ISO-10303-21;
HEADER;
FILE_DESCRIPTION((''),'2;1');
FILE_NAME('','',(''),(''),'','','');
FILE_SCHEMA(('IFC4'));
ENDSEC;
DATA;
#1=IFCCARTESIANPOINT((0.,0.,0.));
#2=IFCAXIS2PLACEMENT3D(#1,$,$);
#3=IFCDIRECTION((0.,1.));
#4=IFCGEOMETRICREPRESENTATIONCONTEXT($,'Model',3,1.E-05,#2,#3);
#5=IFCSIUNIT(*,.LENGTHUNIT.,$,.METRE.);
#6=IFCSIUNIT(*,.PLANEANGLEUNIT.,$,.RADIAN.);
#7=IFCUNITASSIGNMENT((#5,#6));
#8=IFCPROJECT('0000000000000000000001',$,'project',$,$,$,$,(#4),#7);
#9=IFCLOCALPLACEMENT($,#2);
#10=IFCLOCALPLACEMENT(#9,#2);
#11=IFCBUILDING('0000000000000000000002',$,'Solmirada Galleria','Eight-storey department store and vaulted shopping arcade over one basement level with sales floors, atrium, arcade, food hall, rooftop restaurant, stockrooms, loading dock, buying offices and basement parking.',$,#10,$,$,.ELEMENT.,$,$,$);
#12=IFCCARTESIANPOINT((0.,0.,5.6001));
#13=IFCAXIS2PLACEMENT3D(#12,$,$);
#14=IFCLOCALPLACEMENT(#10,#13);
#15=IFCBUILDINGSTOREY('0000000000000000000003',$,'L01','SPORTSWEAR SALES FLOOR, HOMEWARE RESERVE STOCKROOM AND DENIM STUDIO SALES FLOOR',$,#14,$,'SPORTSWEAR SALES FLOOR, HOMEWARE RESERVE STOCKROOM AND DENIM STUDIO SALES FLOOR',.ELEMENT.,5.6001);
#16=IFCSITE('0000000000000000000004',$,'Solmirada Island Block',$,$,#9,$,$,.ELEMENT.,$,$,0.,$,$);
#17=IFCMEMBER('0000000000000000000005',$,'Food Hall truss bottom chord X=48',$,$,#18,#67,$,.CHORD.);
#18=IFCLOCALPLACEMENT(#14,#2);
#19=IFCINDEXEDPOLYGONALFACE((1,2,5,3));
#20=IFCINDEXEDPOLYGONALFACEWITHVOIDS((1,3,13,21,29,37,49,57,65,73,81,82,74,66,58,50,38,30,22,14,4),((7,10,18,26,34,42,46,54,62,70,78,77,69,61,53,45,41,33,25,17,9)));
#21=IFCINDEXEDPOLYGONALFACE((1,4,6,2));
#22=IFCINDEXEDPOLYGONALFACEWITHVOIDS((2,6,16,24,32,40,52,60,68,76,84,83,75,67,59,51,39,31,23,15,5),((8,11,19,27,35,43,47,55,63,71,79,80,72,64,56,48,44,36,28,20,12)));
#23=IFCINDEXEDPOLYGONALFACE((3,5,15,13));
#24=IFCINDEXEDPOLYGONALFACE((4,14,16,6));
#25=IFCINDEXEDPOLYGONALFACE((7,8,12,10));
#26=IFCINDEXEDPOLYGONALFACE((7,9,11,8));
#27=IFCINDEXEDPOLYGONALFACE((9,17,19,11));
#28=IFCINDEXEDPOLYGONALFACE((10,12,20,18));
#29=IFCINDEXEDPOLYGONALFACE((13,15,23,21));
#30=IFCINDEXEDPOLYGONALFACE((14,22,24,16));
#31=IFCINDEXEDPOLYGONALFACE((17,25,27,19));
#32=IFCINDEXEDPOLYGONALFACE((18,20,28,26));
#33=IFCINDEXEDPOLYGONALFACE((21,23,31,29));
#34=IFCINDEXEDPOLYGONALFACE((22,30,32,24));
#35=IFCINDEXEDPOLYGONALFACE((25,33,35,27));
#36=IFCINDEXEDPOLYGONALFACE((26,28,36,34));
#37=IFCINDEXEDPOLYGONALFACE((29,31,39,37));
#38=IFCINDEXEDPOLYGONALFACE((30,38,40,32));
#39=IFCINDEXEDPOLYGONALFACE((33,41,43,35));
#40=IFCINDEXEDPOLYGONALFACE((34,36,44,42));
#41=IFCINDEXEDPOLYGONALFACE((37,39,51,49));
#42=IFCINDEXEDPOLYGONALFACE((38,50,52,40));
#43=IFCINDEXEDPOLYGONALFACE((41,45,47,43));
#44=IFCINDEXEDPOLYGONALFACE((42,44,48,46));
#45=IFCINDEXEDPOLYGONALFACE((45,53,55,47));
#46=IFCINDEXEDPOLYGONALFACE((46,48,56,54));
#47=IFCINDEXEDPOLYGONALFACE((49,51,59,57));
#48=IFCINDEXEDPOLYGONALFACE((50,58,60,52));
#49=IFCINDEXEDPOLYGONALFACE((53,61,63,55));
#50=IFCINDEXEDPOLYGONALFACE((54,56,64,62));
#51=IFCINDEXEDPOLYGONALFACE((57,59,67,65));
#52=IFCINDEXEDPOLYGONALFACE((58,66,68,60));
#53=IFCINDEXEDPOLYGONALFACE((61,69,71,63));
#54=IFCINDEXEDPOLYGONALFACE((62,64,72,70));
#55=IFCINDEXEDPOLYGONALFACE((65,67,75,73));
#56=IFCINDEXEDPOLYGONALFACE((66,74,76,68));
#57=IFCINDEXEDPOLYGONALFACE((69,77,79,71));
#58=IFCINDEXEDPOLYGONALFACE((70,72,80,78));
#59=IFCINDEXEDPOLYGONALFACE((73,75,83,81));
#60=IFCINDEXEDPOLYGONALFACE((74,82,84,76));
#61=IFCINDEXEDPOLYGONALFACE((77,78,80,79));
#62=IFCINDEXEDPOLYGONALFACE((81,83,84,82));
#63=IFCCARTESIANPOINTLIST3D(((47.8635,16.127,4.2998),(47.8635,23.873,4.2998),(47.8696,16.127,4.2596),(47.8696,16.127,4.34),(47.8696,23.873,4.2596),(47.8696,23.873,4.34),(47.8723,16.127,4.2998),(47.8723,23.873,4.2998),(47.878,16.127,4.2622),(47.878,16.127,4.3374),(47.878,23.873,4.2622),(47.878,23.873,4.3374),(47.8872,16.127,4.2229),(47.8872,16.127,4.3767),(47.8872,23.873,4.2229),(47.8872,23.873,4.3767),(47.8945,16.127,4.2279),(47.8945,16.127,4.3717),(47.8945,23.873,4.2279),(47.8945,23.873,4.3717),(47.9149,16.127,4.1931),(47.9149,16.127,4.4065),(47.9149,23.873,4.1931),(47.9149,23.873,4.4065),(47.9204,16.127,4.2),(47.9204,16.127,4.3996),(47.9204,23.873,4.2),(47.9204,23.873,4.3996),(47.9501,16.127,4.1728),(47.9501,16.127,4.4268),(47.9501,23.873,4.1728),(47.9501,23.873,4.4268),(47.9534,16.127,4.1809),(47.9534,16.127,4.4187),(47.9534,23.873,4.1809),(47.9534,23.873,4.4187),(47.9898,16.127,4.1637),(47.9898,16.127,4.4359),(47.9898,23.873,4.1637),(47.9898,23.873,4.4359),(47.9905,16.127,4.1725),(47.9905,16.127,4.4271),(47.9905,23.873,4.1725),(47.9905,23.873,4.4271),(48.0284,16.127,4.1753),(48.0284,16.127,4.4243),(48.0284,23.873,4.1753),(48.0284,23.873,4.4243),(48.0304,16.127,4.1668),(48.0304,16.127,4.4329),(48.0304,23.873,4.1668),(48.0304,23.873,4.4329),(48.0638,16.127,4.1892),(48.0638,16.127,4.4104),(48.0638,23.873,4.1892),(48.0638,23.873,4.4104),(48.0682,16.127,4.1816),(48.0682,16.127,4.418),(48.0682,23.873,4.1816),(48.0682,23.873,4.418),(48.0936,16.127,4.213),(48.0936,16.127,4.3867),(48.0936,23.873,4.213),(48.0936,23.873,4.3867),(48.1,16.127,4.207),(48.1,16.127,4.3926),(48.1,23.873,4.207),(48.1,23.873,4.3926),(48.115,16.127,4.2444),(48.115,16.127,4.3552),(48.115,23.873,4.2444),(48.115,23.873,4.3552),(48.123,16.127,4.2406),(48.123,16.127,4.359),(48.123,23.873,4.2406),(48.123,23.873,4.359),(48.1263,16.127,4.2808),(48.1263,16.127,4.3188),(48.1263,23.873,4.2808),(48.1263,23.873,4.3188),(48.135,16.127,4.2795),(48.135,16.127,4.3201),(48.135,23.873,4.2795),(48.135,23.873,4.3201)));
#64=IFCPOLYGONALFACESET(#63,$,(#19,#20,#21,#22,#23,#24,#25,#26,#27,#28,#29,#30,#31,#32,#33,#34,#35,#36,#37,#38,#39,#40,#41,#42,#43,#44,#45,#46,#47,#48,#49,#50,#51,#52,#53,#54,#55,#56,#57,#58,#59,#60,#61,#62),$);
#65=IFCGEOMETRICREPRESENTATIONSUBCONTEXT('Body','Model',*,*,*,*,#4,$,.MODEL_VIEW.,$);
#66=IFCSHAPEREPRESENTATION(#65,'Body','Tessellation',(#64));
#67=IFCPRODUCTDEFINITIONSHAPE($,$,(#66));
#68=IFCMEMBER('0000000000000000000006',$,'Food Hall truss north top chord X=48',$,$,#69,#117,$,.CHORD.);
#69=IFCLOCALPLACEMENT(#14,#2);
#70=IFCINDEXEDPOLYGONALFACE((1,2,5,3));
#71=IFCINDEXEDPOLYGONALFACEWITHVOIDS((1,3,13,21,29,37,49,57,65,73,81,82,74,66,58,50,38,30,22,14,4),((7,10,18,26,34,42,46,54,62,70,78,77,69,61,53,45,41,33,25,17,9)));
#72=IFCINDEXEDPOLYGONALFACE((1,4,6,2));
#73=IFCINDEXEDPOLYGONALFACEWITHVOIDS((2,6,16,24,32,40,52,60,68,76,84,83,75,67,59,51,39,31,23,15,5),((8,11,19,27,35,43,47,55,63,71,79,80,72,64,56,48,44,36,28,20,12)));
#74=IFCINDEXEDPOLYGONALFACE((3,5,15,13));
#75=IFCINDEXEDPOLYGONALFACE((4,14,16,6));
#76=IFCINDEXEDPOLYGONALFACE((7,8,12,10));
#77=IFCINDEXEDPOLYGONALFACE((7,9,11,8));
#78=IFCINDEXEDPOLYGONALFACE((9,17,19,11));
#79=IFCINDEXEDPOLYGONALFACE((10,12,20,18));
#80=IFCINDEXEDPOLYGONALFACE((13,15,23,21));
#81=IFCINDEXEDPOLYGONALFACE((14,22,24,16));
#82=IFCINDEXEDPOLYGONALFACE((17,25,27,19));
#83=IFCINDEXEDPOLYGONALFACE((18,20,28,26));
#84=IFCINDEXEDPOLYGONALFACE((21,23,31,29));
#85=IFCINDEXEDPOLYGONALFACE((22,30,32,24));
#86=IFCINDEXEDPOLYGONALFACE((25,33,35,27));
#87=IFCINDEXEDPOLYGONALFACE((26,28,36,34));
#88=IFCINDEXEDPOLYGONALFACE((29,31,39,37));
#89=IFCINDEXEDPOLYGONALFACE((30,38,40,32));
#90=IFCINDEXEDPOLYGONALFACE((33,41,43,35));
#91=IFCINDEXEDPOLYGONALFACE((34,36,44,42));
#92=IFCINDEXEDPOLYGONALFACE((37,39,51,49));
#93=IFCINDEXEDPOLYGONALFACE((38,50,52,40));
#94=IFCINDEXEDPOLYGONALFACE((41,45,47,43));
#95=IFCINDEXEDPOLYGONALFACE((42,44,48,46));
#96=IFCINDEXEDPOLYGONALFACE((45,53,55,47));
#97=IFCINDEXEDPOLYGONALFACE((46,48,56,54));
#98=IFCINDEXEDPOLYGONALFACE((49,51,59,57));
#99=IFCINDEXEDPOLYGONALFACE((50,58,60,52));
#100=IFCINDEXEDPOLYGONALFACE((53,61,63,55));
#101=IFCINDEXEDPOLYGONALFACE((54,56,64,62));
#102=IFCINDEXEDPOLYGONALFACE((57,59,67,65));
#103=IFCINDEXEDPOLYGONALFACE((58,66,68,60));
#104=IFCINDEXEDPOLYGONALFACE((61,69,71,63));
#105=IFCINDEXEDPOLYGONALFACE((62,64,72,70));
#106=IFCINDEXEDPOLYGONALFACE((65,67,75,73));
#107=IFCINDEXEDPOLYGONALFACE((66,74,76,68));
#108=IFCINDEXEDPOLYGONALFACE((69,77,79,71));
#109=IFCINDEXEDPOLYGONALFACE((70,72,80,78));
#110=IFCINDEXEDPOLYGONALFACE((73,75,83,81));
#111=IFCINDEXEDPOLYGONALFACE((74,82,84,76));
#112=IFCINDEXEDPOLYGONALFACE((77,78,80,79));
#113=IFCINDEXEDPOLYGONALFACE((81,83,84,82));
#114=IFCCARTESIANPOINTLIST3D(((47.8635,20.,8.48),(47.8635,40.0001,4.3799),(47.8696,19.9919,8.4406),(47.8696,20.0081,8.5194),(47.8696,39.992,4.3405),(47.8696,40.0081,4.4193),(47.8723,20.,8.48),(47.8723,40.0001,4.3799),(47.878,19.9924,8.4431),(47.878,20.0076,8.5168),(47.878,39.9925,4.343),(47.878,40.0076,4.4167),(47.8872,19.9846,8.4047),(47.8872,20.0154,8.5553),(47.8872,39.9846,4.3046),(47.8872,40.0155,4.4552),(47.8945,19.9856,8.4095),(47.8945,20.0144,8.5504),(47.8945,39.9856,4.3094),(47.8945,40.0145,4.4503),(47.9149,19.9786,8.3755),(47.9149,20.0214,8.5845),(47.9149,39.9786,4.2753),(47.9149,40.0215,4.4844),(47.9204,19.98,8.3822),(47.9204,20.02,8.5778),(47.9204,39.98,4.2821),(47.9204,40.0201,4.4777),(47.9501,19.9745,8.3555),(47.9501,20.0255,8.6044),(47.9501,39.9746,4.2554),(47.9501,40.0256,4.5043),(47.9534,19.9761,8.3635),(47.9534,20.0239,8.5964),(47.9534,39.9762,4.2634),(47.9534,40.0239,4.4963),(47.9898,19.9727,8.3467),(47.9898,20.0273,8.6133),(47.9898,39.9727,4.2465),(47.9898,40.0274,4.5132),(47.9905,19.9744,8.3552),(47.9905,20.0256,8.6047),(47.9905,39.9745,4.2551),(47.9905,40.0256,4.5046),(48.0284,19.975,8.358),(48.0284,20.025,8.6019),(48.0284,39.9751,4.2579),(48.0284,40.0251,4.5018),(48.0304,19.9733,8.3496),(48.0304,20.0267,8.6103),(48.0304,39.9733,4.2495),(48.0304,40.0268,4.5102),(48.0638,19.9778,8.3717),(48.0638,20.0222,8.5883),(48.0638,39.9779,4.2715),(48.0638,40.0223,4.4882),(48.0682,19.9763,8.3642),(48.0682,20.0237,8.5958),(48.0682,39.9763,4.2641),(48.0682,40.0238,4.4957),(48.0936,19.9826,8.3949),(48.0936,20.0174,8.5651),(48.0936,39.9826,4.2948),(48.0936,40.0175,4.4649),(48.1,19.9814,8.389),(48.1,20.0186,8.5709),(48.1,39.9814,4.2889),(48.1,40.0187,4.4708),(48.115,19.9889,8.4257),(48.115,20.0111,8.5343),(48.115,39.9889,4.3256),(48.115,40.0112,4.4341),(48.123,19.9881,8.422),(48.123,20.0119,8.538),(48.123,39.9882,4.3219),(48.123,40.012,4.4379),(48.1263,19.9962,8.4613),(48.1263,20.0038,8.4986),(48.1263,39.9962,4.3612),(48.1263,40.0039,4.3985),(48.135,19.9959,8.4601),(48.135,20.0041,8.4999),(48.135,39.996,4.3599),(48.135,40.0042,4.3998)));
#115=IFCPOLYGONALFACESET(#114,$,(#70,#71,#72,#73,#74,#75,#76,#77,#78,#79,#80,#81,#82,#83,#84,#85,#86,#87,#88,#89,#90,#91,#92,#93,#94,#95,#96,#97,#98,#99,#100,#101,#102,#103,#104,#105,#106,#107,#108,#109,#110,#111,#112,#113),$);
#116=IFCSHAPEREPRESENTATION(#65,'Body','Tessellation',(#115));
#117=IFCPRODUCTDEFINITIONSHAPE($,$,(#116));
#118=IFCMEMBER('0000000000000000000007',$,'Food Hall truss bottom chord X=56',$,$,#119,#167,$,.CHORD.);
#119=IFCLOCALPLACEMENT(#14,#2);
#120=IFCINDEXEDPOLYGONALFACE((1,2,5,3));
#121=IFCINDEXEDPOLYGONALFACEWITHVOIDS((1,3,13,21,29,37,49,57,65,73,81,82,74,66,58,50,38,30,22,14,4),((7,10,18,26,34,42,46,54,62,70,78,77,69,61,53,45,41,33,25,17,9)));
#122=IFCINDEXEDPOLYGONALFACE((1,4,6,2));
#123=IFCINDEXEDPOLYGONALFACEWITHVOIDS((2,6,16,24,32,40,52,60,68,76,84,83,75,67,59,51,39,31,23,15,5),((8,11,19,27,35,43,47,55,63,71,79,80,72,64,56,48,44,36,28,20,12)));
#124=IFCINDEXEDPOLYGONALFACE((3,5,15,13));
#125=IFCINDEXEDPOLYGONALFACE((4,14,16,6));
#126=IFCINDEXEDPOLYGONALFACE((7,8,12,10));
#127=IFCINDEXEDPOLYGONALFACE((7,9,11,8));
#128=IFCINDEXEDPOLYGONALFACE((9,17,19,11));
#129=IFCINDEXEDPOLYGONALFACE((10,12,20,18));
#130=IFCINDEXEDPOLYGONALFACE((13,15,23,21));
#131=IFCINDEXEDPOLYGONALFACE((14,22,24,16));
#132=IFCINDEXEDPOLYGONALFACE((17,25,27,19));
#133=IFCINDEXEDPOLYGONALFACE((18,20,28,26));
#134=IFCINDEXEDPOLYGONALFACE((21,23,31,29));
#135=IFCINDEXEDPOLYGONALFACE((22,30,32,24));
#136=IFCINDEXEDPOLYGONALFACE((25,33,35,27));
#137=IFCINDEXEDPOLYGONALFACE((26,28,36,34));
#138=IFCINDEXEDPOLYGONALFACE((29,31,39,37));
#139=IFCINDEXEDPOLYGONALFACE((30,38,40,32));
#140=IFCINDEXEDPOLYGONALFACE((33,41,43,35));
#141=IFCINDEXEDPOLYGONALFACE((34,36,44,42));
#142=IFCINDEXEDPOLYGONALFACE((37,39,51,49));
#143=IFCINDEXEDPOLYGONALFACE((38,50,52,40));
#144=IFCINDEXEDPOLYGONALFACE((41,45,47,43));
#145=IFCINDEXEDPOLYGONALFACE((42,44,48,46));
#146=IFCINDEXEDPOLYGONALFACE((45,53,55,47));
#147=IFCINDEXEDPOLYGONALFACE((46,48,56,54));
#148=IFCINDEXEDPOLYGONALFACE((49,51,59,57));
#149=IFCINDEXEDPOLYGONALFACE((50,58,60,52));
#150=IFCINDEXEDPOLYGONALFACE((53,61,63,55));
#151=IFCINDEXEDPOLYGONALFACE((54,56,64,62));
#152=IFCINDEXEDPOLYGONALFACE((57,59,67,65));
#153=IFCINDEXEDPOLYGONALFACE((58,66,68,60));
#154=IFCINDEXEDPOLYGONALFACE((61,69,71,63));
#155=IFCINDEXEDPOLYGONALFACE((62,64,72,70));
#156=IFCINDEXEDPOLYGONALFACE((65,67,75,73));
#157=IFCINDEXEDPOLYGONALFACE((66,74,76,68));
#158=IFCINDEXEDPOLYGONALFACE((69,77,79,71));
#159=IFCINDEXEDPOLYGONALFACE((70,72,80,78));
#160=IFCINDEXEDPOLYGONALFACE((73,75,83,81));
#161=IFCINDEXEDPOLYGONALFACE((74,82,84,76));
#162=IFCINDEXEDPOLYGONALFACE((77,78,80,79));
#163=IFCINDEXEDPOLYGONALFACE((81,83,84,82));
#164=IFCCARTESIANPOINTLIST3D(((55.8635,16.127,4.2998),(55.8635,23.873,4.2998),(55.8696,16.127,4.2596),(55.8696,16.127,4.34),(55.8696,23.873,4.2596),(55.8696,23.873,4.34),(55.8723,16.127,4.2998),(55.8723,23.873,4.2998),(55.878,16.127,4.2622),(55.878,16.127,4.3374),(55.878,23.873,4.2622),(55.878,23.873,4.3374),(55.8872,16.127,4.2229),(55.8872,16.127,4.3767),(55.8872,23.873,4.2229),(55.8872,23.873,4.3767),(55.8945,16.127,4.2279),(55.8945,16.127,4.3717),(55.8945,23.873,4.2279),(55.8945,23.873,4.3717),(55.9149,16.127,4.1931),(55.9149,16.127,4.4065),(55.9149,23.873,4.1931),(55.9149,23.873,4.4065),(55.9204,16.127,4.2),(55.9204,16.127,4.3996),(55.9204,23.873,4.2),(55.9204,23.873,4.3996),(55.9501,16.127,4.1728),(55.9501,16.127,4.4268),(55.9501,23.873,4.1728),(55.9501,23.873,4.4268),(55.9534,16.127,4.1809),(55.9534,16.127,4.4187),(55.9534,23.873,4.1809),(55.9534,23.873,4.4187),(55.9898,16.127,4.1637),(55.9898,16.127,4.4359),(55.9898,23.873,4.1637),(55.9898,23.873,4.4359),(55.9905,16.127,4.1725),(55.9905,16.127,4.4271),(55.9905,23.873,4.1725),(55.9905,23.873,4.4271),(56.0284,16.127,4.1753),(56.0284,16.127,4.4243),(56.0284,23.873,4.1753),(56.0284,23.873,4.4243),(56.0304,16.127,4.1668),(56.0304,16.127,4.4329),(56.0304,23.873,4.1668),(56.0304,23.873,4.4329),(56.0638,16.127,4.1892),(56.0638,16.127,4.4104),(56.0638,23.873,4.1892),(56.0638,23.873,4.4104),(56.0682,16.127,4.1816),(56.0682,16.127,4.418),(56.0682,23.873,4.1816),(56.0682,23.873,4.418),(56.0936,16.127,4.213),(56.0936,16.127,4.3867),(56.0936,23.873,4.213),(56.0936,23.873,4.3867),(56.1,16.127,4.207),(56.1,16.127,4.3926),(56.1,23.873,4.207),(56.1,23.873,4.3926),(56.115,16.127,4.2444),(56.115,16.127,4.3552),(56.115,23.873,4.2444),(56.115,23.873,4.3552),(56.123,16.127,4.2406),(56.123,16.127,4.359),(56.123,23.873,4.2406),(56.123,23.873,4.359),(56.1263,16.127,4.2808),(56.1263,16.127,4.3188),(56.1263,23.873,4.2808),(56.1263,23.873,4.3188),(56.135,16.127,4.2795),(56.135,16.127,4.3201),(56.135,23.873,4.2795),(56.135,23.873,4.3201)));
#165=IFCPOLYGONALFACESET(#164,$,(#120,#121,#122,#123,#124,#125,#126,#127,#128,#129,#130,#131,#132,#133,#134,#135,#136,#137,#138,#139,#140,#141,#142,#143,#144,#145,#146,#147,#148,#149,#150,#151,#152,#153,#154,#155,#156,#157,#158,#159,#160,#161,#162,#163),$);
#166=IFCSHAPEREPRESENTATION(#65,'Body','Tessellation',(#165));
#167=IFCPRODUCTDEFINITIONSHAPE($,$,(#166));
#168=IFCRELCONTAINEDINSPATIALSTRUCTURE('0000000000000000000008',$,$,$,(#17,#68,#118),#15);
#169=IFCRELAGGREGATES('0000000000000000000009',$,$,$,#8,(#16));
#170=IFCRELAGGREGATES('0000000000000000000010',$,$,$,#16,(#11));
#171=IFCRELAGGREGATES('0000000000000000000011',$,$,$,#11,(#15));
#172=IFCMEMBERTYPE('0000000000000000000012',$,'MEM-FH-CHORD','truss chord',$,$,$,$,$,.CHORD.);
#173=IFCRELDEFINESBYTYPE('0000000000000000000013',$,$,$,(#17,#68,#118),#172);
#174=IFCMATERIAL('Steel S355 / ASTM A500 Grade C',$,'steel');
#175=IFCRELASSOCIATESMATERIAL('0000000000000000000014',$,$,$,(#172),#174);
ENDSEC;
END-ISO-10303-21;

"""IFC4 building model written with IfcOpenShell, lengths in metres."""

from ifc_helpers import new_model, si_unit, direction, frame, origin, origin_2d, place, context, subcontext, project, spatial, hollow_circle, extrude, material, material_profile, profile_set, type_object, element, save


model = new_model("IFC4")

# Units and contexts
model_context = context("Model", 3, precision=1e-05, world=origin(), true_north=direction((0.0, 1.0)))
body_context = subcontext(model_context, "Body", "Model", "MODEL_VIEW")
ifc_project = project(units=[si_unit("LENGTHUNIT", "METRE"), si_unit("PLANEANGLEUNIT", "RADIAN")], contexts=[model_context])

# Site, building, storey
site_placement = place(None, origin())
site = spatial("IfcSite", under=ifc_project, at=site_placement, Name="Solmirada Island Block", CompositionType="ELEMENT", RefElevation=0.0)
building_placement = place(site_placement, origin())
building = spatial("IfcBuilding", under=site, at=building_placement, Name="Solmirada Galleria", Description="Eight-storey department store and vaulted shopping arcade over one basement level with sales floors, atrium, arcade, food hall, rooftop restaurant, stockrooms, loading dock, buying offices and basement parking.", CompositionType="ELEMENT")
storey_placement = place(building_placement, frame((0.0, 0.0, 5.6001)))
storey = spatial("IfcBuildingStorey", under=building, at=storey_placement, Name="L01", Description="SPORTSWEAR SALES FLOOR, HOMEWARE RESERVE STOCKROOM AND DENIM STUDIO SALES FLOOR", LongName="SPORTSWEAR SALES FLOOR, HOMEWARE RESERVE STOCKROOM AND DENIM STUDIO SALES FLOOR", CompositionType="ELEMENT", Elevation=5.6001)

# Shared definitions
ifc_material_1 = material(Name="Steel S355 / ASTM A500 Grade C", Category="steel")

# Members
ifc_material_profile_1 = material_profile(ifc_material_1, hollow_circle(Radius=0.1365, WallThickness=0.0088, at=origin_2d()), Name="HSS10.750X0.375")
ifc_profile_set_1 = profile_set([ifc_material_profile_1], Name="Steel S355 / ASTM A500 Grade C")
member_type_1 = type_object("IfcMemberType", Name="MEM-FH-CHORD", Description="truss chord", PredefinedType="CHORD", material=ifc_profile_set_1)
member_1_placement = place(storey_placement, frame((48.0, 16.127, 4.2998), z_axis=(0.0, 1.0, 0.0), x_axis=(-1.0, 0.0, 0.0)))
element("IfcMember", 1, at=member_1_placement, inside=storey, type_object=member_type_1, Name="Food Hall truss bottom chord X=48", PredefinedType="CHORD", context=body_context, shape_type="SweptSolid", body=[
    extrude(hollow_circle(Radius=0.1365, WallThickness=0.0088, at=origin_2d()), origin(), (0.0, 0.0, 1.0), 7.7461),
])
member_2_placement = place(storey_placement, frame((48.0, 20.0, 8.48), z_axis=(0.0, 0.979626, -0.200828), x_axis=(-1.0, 0.0, 0.0)))
element("IfcMember", 2, at=member_2_placement, inside=storey, type_object=member_type_1, Name="Food Hall truss north top chord X=48", PredefinedType="CHORD", context=body_context, shape_type="SweptSolid", body=[
    extrude(hollow_circle(Radius=0.1365, WallThickness=0.0088, at=origin_2d()), origin(), (0.0, 0.0, 1.0), 20.416),
])
member_3_placement = place(storey_placement, frame((56.0, 16.127, 4.2998), z_axis=(0.0, 1.0, 0.0), x_axis=(-1.0, 0.0, 0.0)))
element("IfcMember", 3, at=member_3_placement, inside=storey, type_object=member_type_1, Name="Food Hall truss bottom chord X=56", PredefinedType="CHORD", context=body_context, shape_type="SweptSolid", body=[
    extrude(hollow_circle(Radius=0.1365, WallThickness=0.0088, at=origin_2d()), origin(), (0.0, 0.0, 1.0), 7.7461),
])

save(model, "model.ifc")
